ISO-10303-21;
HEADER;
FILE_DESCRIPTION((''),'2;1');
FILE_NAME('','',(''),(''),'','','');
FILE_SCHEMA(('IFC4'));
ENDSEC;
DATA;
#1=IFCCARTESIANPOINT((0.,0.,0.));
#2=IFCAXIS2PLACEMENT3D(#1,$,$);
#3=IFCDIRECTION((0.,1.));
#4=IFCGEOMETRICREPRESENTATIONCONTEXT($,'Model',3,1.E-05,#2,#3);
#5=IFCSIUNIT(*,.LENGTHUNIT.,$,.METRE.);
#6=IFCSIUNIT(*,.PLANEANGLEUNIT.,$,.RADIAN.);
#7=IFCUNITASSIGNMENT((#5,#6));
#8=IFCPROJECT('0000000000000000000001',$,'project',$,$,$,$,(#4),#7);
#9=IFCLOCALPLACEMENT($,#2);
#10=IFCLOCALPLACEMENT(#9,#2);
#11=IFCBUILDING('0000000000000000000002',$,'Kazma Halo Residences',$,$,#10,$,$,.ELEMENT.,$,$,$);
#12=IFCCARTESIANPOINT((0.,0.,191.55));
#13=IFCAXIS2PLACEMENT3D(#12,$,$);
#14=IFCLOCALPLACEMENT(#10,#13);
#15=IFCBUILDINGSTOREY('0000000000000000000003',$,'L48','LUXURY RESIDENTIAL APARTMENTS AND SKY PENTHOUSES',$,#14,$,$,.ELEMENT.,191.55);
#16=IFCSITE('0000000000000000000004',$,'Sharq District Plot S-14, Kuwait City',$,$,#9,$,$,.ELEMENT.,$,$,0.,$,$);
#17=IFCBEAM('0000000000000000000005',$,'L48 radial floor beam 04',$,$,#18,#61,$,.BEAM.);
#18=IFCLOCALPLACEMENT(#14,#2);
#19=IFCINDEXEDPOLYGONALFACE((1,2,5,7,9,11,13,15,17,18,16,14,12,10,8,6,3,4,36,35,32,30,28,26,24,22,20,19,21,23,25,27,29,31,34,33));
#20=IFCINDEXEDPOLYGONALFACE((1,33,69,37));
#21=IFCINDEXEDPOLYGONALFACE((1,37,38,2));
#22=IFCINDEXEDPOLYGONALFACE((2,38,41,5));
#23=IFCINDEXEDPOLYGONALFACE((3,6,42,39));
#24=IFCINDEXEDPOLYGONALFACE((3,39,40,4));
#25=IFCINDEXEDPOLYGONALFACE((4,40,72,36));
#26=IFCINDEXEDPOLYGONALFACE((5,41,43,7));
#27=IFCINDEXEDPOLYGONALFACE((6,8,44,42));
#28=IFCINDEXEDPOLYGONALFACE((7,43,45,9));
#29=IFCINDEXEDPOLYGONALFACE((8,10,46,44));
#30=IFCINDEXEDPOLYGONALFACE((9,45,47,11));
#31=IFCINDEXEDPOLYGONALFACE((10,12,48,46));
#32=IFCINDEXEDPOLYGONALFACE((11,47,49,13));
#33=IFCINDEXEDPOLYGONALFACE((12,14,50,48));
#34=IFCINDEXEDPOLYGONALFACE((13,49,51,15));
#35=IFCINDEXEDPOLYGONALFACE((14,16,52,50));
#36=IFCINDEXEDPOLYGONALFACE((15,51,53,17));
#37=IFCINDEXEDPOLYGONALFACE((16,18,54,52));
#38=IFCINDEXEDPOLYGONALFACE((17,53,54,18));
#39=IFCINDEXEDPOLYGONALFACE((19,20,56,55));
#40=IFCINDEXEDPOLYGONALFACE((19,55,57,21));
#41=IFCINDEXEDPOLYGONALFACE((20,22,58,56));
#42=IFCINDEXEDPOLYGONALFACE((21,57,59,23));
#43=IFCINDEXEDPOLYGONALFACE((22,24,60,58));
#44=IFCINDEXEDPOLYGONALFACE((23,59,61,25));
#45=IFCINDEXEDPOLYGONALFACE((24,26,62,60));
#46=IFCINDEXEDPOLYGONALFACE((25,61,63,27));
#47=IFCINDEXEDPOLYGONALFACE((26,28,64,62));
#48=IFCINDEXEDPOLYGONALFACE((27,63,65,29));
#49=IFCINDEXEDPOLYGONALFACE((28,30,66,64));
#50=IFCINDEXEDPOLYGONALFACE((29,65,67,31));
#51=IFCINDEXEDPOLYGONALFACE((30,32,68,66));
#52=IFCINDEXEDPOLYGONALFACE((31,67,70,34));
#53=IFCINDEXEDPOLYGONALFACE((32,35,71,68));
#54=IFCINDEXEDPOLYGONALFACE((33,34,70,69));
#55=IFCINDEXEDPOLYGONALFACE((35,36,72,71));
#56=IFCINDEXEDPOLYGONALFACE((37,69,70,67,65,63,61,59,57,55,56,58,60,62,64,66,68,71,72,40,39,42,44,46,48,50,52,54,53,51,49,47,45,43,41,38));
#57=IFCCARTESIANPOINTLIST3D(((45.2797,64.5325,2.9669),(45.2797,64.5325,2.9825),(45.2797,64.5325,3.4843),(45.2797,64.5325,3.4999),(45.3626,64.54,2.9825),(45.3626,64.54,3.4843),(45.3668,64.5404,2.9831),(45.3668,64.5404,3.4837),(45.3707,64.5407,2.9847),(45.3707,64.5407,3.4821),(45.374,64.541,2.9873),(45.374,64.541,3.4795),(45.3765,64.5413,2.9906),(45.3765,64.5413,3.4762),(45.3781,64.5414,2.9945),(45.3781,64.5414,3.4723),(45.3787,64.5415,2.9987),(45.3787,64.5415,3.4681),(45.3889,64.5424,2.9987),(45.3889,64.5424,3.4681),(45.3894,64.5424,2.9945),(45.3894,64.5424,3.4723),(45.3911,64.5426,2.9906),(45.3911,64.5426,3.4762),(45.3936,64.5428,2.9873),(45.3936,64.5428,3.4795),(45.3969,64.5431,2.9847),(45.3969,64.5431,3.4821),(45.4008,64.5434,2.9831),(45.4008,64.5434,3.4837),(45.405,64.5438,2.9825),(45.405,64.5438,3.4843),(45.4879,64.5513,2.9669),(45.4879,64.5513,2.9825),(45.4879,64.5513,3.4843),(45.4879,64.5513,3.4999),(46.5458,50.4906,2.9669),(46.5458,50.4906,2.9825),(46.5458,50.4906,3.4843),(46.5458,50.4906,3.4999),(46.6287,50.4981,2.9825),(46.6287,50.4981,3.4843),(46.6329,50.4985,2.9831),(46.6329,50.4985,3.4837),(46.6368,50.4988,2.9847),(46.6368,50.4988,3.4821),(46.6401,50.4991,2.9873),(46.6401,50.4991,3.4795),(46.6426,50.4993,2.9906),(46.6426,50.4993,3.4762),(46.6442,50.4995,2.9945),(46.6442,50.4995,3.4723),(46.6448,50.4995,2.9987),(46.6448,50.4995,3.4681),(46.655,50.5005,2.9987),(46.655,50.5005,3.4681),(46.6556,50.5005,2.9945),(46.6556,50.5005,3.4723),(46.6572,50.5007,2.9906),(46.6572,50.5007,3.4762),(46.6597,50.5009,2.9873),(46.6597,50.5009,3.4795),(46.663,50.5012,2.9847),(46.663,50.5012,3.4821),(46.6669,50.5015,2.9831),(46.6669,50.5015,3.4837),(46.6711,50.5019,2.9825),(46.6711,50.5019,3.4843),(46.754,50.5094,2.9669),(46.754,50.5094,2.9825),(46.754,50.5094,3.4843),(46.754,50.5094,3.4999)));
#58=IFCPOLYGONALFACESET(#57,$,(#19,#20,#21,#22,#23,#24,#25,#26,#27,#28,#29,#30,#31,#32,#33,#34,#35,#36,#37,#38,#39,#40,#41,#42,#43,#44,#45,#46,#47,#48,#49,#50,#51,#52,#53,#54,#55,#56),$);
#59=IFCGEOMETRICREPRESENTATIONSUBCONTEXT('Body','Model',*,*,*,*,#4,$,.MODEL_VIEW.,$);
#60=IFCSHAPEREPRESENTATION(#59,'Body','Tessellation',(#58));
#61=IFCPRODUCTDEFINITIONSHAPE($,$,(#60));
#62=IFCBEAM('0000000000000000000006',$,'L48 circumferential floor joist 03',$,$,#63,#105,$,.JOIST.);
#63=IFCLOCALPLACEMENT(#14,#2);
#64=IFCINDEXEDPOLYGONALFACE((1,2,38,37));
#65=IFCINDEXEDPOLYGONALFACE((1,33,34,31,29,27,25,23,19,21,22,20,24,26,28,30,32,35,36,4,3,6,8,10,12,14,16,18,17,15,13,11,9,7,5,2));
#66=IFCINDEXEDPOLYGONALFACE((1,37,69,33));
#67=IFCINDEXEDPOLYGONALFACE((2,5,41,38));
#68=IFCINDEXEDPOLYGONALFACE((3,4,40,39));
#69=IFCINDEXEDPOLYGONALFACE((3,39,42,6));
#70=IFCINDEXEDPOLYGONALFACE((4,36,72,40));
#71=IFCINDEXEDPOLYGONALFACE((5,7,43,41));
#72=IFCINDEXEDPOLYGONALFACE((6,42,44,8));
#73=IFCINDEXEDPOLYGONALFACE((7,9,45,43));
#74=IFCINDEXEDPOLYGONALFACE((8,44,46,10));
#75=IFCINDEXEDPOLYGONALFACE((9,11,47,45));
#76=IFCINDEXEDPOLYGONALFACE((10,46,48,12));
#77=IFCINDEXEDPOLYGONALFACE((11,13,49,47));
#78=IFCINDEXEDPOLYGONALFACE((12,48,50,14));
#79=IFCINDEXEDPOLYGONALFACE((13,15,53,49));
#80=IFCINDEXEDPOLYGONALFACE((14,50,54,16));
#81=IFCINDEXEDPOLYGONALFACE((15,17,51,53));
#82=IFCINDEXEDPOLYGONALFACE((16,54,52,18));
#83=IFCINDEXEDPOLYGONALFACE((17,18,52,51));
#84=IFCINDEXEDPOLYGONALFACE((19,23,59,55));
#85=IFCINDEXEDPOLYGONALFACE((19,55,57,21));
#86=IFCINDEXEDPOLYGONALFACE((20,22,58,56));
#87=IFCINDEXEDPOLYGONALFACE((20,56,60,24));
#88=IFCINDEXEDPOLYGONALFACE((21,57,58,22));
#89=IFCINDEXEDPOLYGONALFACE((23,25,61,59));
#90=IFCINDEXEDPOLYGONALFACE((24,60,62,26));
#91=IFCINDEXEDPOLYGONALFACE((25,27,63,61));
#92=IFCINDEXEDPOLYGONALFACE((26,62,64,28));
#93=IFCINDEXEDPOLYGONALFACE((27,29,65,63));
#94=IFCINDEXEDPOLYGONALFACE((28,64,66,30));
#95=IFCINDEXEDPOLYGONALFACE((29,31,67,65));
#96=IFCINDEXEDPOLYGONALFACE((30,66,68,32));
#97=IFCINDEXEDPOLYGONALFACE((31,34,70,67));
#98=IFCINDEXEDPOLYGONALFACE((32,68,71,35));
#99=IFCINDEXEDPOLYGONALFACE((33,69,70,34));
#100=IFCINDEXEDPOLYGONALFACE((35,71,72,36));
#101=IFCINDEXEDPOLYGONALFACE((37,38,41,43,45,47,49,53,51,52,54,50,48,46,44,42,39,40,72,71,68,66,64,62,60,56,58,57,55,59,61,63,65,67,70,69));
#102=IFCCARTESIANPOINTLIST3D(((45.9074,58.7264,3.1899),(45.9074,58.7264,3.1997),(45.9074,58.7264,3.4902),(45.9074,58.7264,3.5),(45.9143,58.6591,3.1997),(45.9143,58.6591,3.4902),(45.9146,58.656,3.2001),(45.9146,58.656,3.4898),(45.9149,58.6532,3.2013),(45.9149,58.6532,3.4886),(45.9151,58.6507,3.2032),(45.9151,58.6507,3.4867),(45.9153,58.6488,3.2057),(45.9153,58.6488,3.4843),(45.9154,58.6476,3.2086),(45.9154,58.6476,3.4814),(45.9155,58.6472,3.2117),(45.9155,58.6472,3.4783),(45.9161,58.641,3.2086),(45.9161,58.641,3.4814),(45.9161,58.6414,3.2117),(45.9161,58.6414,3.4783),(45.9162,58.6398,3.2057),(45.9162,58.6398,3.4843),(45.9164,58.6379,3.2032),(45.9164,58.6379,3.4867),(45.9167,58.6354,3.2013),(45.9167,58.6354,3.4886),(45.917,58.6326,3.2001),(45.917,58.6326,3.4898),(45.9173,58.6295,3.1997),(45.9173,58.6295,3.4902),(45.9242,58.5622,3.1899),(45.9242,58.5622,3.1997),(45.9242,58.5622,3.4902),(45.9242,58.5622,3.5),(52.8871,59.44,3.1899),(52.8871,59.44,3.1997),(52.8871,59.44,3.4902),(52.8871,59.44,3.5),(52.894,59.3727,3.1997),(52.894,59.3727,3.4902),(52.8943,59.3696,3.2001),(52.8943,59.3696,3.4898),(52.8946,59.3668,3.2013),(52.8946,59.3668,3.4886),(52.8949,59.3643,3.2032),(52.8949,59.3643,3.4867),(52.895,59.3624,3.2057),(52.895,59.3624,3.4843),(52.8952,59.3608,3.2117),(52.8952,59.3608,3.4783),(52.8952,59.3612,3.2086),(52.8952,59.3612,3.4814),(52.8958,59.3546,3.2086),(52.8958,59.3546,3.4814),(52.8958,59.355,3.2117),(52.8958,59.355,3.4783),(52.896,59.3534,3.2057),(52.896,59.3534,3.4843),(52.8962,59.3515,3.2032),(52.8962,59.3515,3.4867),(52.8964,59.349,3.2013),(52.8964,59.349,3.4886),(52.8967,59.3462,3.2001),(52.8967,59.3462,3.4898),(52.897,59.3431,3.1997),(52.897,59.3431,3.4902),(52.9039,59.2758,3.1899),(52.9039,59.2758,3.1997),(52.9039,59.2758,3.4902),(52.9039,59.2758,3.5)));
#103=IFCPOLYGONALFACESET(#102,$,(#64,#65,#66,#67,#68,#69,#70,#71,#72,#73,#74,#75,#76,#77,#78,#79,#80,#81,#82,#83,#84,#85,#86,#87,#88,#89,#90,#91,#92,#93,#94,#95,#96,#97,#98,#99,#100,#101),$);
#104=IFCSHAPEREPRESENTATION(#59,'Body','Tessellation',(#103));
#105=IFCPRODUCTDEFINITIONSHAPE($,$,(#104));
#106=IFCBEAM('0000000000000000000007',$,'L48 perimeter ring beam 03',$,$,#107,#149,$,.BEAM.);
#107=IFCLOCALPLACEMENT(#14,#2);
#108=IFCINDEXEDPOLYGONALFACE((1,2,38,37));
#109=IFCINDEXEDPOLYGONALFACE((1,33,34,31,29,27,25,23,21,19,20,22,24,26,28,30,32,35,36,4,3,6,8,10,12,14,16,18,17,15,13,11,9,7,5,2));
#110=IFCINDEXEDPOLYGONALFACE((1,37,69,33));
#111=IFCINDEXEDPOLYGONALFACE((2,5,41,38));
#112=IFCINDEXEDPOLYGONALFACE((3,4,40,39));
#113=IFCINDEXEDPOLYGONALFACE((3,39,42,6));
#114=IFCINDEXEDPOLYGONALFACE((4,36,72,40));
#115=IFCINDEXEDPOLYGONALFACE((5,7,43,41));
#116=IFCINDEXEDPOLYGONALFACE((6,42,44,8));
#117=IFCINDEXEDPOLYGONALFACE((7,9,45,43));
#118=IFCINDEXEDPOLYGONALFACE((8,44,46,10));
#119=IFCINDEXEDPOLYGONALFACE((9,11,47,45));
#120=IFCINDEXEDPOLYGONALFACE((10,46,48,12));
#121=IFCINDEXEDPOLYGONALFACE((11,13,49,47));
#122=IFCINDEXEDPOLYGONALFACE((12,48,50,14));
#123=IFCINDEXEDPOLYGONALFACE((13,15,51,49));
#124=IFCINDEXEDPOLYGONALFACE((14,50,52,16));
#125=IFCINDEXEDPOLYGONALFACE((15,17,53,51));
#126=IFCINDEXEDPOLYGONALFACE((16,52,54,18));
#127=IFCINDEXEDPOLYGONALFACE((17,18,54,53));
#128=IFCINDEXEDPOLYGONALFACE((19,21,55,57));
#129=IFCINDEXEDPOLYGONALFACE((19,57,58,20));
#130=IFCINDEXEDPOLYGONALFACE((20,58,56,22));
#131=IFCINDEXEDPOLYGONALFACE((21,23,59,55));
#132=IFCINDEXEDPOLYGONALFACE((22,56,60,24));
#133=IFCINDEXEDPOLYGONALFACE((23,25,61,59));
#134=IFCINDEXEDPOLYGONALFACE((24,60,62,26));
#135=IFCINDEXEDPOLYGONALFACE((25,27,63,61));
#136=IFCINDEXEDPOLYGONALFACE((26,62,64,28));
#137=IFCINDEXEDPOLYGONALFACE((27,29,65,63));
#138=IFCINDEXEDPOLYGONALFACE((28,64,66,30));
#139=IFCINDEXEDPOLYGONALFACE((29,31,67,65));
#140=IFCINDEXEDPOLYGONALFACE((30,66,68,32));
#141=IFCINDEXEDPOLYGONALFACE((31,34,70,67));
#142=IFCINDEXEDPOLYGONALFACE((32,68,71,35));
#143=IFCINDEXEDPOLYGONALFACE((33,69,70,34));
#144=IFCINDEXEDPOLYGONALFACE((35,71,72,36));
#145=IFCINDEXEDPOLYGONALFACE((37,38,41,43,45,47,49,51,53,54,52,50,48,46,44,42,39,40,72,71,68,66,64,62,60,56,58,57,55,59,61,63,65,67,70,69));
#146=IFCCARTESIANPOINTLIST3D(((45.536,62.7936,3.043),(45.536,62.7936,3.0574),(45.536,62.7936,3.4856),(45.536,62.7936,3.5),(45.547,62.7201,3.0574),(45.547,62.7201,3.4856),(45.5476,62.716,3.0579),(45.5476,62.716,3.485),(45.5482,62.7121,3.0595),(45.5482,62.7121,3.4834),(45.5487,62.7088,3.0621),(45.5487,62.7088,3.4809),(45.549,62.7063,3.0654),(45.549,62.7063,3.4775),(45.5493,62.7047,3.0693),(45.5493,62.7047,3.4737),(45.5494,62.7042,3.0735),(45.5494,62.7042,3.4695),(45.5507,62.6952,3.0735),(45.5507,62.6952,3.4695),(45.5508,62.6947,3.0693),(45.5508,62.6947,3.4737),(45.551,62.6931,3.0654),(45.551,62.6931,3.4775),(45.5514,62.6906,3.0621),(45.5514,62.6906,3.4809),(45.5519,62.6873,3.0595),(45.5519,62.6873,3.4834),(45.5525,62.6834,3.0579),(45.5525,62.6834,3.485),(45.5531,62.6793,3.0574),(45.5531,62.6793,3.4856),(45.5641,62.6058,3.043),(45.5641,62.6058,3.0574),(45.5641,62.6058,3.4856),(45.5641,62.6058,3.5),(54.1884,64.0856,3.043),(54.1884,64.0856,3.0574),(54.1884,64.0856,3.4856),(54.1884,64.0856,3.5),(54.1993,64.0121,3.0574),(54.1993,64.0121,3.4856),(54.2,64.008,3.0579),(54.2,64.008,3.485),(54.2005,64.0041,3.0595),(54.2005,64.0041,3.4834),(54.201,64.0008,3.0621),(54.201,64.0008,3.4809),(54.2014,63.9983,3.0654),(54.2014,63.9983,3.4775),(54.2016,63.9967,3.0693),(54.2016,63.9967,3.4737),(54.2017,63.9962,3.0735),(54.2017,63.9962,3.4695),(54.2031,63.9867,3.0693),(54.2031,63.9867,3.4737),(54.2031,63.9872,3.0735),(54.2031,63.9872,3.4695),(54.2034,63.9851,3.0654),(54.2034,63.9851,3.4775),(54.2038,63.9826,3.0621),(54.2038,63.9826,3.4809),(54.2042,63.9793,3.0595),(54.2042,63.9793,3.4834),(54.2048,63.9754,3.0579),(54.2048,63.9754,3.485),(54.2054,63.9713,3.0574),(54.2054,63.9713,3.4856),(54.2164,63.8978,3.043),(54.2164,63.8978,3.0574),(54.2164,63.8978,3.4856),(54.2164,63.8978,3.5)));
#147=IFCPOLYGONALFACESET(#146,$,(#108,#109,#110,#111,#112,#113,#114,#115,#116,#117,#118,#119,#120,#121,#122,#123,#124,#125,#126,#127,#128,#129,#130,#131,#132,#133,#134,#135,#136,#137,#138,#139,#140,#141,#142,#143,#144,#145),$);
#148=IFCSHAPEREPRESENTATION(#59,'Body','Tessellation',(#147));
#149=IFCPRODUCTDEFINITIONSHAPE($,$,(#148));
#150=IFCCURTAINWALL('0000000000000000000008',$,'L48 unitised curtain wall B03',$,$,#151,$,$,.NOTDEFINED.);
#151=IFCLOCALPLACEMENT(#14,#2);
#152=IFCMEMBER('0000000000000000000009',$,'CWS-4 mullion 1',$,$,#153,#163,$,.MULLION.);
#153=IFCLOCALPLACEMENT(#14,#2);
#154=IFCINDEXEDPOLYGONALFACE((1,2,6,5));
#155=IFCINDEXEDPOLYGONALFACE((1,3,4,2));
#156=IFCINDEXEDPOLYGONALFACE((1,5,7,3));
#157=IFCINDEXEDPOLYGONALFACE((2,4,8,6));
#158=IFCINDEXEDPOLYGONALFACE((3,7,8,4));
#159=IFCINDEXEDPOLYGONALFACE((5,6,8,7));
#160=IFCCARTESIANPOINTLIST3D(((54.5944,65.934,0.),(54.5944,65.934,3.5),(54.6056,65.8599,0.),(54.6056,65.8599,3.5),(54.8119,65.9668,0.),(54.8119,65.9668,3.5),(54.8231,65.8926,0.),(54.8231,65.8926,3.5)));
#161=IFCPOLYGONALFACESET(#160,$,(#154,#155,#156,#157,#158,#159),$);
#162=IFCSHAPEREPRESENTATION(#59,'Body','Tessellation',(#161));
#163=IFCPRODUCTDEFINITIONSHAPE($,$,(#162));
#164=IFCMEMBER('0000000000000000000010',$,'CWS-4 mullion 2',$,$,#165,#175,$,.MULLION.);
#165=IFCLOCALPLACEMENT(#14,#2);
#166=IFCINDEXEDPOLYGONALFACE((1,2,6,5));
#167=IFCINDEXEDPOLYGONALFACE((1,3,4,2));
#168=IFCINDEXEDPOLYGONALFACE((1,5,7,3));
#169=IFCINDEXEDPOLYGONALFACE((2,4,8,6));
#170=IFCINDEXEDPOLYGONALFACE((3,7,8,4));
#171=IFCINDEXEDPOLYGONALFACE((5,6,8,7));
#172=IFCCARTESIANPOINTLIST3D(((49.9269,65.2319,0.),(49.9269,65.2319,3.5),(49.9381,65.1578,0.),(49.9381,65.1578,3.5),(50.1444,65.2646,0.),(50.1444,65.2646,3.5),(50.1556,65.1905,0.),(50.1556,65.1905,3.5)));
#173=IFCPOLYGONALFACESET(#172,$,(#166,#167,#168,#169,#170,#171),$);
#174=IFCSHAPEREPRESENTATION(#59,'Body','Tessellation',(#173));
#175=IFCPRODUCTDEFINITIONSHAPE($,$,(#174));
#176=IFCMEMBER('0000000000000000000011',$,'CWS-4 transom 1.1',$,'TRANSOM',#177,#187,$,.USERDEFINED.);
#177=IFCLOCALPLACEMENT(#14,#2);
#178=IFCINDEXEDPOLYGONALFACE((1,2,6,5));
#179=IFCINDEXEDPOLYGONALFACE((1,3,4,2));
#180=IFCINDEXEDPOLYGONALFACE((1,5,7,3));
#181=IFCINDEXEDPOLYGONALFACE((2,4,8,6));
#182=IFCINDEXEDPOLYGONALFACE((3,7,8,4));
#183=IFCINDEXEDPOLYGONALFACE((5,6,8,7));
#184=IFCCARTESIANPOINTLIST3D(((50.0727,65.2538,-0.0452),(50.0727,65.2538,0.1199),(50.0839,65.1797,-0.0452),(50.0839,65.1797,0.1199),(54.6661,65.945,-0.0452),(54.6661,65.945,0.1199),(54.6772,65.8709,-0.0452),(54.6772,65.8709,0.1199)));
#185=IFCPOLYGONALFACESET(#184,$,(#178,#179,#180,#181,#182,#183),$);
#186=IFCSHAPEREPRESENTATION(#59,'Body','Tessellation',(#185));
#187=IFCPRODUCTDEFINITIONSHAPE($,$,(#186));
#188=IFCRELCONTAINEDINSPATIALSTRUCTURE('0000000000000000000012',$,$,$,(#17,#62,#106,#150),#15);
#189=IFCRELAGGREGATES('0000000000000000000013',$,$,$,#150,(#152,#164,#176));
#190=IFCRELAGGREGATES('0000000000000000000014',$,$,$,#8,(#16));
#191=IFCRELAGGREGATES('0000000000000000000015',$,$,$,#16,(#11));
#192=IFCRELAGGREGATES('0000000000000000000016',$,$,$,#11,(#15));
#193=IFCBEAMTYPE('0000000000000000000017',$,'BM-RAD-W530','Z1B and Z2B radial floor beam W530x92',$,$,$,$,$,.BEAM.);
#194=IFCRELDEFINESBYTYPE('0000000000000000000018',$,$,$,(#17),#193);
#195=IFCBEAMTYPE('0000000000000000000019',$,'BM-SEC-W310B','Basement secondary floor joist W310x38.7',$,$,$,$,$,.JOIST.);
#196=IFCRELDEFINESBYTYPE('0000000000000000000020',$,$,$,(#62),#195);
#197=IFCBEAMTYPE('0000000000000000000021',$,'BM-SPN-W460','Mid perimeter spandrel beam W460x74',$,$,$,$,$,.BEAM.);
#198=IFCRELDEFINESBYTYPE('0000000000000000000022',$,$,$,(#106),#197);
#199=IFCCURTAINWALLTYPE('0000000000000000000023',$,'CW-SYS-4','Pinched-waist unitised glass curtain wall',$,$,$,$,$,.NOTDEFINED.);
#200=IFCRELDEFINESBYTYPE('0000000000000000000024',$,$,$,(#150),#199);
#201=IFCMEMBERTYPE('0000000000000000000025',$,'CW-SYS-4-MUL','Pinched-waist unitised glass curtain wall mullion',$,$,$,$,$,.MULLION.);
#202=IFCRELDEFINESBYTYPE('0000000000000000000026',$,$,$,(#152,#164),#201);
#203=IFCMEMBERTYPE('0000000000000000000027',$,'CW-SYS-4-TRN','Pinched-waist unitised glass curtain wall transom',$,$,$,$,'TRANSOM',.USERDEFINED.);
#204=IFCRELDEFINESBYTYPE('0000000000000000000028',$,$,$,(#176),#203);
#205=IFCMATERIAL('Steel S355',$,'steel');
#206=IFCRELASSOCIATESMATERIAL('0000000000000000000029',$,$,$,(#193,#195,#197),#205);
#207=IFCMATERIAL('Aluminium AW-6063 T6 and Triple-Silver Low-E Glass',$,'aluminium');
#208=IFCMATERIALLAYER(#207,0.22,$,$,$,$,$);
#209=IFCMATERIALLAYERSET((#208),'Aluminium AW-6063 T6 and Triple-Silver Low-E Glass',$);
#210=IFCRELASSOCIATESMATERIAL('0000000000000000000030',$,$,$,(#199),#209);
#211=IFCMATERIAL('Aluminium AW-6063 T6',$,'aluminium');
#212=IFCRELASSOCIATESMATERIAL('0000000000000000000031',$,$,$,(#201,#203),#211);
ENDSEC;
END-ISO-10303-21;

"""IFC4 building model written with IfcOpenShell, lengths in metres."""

from ifc_helpers import new_model, si_unit, direction, frame, origin, origin_2d, place, context, subcontext, project, spatial, rectangle, i_section, extrude, material, layer, layer_set, material_profile, profile_set, type_object, element, aggregate, save


model = new_model("IFC4")

# Units and contexts
model_context = context("Model", 3, precision=1e-05, world=origin(), true_north=direction((0.0, 1.0)))
body_context = subcontext(model_context, "Body", "Model", "MODEL_VIEW")
ifc_project = project(units=[si_unit("LENGTHUNIT", "METRE"), si_unit("PLANEANGLEUNIT", "RADIAN")], contexts=[model_context])

# Site, building, storey
site_placement = place(None, origin())
site = spatial("IfcSite", under=ifc_project, at=site_placement, Name="Sharq District Plot S-14, Kuwait City", CompositionType="ELEMENT", RefElevation=0.0)
building_placement = place(site_placement, origin())
building = spatial("IfcBuilding", under=site, at=building_placement, Name="Kazma Halo Residences", CompositionType="ELEMENT")
storey_placement = place(building_placement, frame((0.0, 0.0, 191.55)))
storey = spatial("IfcBuildingStorey", under=building, at=storey_placement, Name="L48", Description="LUXURY RESIDENTIAL APARTMENTS AND SKY PENTHOUSES", CompositionType="ELEMENT", Elevation=191.55)

# Beams
ifc_material_1 = material(Name="Steel S355", Category="steel")
ifc_material_profile_1 = material_profile(ifc_material_1, i_section(OverallWidth=0.209, OverallDepth=0.533, WebThickness=0.0103, FlangeThickness=0.0156, FilletRadius=0.0161, at=origin_2d()), Name="W530x92")
ifc_profile_set_1 = profile_set([ifc_material_profile_1], Name="Steel S355")
beam_type_1 = type_object("IfcBeamType", Name="BM-RAD-W530", Description="Z1B and Z2B radial floor beam W530x92", PredefinedType="BEAM", material=ifc_profile_set_1)
beam_1_placement = place(storey_placement, frame((46.6499, 50.5, 3.2334), z_axis=(-0.089802, 0.99596, 0.0), x_axis=(-0.99596, -0.089802, 0.0)))
element("IfcBeam", 1, at=beam_1_placement, inside=storey, type_object=beam_type_1, Name="L48 radial floor beam 04", PredefinedType="BEAM", context=body_context, shape_type="SweptSolid", body=[
    extrude(i_section(OverallWidth=0.209, OverallDepth=0.533, WebThickness=0.0103, FlangeThickness=0.0156, FilletRadius=0.0161, at=origin_2d()), origin(), (0.0, 0.0, 1.0), 14.0989),
])
ifc_material_profile_2 = material_profile(ifc_material_1, i_section(OverallWidth=0.165, OverallDepth=0.3101, WebThickness=0.0059, FlangeThickness=0.0098, FilletRadius=0.012, at=origin_2d()), Name="W310x38.7")
ifc_profile_set_2 = profile_set([ifc_material_profile_2], Name="Steel S355")
beam_type_2 = type_object("IfcBeamType", Name="BM-SEC-W310B", Description="Basement secondary floor joist W310x38.7", PredefinedType="JOIST", material=ifc_profile_set_2)
beam_2_placement = place(storey_placement, frame((52.8955, 59.3579, 3.345), z_axis=(-0.994814, -0.101712, 0.0), x_axis=(0.101712, -0.994814, 0.0)))
element("IfcBeam", 2, at=beam_2_placement, inside=storey, type_object=beam_type_2, Name="L48 circumferential floor joist 03", PredefinedType="JOIST", context=body_context, shape_type="SweptSolid", body=[
    extrude(i_section(OverallWidth=0.165, OverallDepth=0.3101, WebThickness=0.0059, FlangeThickness=0.0098, FilletRadius=0.012, at=origin_2d()), origin(), (0.0, 0.0, 1.0), 7.0161),
])
ifc_material_profile_3 = material_profile(ifc_material_1, i_section(OverallWidth=0.1899, OverallDepth=0.457, WebThickness=0.009, FlangeThickness=0.0144, FilletRadius=0.0161, at=origin_2d()), Name="W460x74")
ifc_profile_set_3 = profile_set([ifc_material_profile_3], Name="Steel S355")
beam_type_3 = type_object("IfcBeamType", Name="BM-SPN-W460", Description="Mid perimeter spandrel beam W460x74", PredefinedType="BEAM", material=ifc_profile_set_3)
beam_3_placement = place(storey_placement, frame((54.2024, 63.9917, 3.2715), z_axis=(-0.989034, -0.147685, 0.0), x_axis=(0.147685, -0.989034, 0.0)))
element("IfcBeam", 3, at=beam_3_placement, inside=storey, type_object=beam_type_3, Name="L48 perimeter ring beam 03", PredefinedType="BEAM", context=body_context, shape_type="SweptSolid", body=[
    extrude(i_section(OverallWidth=0.1899, OverallDepth=0.457, WebThickness=0.009, FlangeThickness=0.0144, FilletRadius=0.0161, at=origin_2d()), origin(), (0.0, 0.0, 1.0), 8.7483),
])

# Curtain wall, members
ifc_material_2 = material(Name="Aluminium AW-6063 T6 and Triple-Silver Low-E Glass", Category="aluminium")
ifc_layer_1 = layer(ifc_material_2, 0.22)
ifc_layer_set_1 = layer_set([ifc_layer_1], Name="Aluminium AW-6063 T6 and Triple-Silver Low-E Glass")
curtain_wall_type = type_object("IfcCurtainWallType", Name="CW-SYS-4", Description="Pinched-waist unitised glass curtain wall", PredefinedType="NOTDEFINED", material=ifc_layer_set_1)
curtain_wall_placement = place(storey_placement, origin())
curtain_wall = element("IfcCurtainWall", 4, at=curtain_wall_placement, inside=storey, type_object=curtain_wall_type, Name="L48 unitised curtain wall B03", PredefinedType="NOTDEFINED")
ifc_material_3 = material(Name="Aluminium AW-6063 T6", Category="aluminium")
ifc_material_profile_4 = material_profile(ifc_material_3, rectangle(XDim=0.075, YDim=0.22, at=origin_2d()), Name="CWM-75x220")
ifc_profile_set_4 = profile_set([ifc_material_profile_4], Name="Aluminium AW-6063 T6")
member_type_1 = type_object("IfcMemberType", Name="CW-SYS-4-MUL", Description="Pinched-waist unitised glass curtain wall mullion", PredefinedType="MULLION", material=ifc_profile_set_4)
member_1_placement = place(storey_placement, frame((54.7087, 65.9133, 0.0), z_axis=(0.0, 0.0, 1.0), x_axis=(0.148773, -0.988871, 0.0)))
member_1 = element("IfcMember", 5, at=member_1_placement, type_object=member_type_1, Name="CWS-4 mullion 1", PredefinedType="MULLION", context=body_context, shape_type="SweptSolid", body=[
    extrude(rectangle(XDim=0.075, YDim=0.22, at=origin_2d()), origin(), (0.0, 0.0, 1.0), 3.5),
])
member_2_placement = place(storey_placement, frame((50.0413, 65.2112, 0.0), z_axis=(0.0, 0.0, 1.0), x_axis=(0.148773, -0.988871, 0.0)))
member_2 = element("IfcMember", 6, at=member_2_placement, type_object=member_type_1, Name="CWS-4 mullion 2", PredefinedType="MULLION", context=body_context, shape_type="SweptSolid", body=[
    extrude(rectangle(XDim=0.075, YDim=0.22, at=origin_2d()), origin(), (0.0, 0.0, 1.0), 3.5),
])
ifc_material_profile_5 = material_profile(ifc_material_3, rectangle(XDim=0.075, YDim=0.165, at=origin_2d()), Name="CWT-75x165")
ifc_profile_set_5 = profile_set([ifc_material_profile_5], Name="Aluminium AW-6063 T6")
member_type_2 = type_object("IfcMemberType", Name="CW-SYS-4-TRN", Description="Pinched-waist unitised glass curtain wall transom", ElementType="TRANSOM", PredefinedType="USERDEFINED", material=ifc_profile_set_5)
member_3_placement = place(storey_placement, frame((54.6716, 65.908, 0.0374), z_axis=(-0.988868, -0.148798, 0.0), x_axis=(0.148798, -0.988868, 0.0)))
member_3 = element("IfcMember", 7, at=member_3_placement, type_object=member_type_2, Name="CWS-4 transom 1.1", ObjectType="TRANSOM", PredefinedType="USERDEFINED", context=body_context, shape_type="SweptSolid", body=[
    extrude(rectangle(XDim=0.075, YDim=0.165, at=origin_2d()), origin(), (0.0, 0.0, 1.0), 4.645),
])
aggregate(curtain_wall, [member_1, member_2, member_3])

save(model, "model.ifc")
